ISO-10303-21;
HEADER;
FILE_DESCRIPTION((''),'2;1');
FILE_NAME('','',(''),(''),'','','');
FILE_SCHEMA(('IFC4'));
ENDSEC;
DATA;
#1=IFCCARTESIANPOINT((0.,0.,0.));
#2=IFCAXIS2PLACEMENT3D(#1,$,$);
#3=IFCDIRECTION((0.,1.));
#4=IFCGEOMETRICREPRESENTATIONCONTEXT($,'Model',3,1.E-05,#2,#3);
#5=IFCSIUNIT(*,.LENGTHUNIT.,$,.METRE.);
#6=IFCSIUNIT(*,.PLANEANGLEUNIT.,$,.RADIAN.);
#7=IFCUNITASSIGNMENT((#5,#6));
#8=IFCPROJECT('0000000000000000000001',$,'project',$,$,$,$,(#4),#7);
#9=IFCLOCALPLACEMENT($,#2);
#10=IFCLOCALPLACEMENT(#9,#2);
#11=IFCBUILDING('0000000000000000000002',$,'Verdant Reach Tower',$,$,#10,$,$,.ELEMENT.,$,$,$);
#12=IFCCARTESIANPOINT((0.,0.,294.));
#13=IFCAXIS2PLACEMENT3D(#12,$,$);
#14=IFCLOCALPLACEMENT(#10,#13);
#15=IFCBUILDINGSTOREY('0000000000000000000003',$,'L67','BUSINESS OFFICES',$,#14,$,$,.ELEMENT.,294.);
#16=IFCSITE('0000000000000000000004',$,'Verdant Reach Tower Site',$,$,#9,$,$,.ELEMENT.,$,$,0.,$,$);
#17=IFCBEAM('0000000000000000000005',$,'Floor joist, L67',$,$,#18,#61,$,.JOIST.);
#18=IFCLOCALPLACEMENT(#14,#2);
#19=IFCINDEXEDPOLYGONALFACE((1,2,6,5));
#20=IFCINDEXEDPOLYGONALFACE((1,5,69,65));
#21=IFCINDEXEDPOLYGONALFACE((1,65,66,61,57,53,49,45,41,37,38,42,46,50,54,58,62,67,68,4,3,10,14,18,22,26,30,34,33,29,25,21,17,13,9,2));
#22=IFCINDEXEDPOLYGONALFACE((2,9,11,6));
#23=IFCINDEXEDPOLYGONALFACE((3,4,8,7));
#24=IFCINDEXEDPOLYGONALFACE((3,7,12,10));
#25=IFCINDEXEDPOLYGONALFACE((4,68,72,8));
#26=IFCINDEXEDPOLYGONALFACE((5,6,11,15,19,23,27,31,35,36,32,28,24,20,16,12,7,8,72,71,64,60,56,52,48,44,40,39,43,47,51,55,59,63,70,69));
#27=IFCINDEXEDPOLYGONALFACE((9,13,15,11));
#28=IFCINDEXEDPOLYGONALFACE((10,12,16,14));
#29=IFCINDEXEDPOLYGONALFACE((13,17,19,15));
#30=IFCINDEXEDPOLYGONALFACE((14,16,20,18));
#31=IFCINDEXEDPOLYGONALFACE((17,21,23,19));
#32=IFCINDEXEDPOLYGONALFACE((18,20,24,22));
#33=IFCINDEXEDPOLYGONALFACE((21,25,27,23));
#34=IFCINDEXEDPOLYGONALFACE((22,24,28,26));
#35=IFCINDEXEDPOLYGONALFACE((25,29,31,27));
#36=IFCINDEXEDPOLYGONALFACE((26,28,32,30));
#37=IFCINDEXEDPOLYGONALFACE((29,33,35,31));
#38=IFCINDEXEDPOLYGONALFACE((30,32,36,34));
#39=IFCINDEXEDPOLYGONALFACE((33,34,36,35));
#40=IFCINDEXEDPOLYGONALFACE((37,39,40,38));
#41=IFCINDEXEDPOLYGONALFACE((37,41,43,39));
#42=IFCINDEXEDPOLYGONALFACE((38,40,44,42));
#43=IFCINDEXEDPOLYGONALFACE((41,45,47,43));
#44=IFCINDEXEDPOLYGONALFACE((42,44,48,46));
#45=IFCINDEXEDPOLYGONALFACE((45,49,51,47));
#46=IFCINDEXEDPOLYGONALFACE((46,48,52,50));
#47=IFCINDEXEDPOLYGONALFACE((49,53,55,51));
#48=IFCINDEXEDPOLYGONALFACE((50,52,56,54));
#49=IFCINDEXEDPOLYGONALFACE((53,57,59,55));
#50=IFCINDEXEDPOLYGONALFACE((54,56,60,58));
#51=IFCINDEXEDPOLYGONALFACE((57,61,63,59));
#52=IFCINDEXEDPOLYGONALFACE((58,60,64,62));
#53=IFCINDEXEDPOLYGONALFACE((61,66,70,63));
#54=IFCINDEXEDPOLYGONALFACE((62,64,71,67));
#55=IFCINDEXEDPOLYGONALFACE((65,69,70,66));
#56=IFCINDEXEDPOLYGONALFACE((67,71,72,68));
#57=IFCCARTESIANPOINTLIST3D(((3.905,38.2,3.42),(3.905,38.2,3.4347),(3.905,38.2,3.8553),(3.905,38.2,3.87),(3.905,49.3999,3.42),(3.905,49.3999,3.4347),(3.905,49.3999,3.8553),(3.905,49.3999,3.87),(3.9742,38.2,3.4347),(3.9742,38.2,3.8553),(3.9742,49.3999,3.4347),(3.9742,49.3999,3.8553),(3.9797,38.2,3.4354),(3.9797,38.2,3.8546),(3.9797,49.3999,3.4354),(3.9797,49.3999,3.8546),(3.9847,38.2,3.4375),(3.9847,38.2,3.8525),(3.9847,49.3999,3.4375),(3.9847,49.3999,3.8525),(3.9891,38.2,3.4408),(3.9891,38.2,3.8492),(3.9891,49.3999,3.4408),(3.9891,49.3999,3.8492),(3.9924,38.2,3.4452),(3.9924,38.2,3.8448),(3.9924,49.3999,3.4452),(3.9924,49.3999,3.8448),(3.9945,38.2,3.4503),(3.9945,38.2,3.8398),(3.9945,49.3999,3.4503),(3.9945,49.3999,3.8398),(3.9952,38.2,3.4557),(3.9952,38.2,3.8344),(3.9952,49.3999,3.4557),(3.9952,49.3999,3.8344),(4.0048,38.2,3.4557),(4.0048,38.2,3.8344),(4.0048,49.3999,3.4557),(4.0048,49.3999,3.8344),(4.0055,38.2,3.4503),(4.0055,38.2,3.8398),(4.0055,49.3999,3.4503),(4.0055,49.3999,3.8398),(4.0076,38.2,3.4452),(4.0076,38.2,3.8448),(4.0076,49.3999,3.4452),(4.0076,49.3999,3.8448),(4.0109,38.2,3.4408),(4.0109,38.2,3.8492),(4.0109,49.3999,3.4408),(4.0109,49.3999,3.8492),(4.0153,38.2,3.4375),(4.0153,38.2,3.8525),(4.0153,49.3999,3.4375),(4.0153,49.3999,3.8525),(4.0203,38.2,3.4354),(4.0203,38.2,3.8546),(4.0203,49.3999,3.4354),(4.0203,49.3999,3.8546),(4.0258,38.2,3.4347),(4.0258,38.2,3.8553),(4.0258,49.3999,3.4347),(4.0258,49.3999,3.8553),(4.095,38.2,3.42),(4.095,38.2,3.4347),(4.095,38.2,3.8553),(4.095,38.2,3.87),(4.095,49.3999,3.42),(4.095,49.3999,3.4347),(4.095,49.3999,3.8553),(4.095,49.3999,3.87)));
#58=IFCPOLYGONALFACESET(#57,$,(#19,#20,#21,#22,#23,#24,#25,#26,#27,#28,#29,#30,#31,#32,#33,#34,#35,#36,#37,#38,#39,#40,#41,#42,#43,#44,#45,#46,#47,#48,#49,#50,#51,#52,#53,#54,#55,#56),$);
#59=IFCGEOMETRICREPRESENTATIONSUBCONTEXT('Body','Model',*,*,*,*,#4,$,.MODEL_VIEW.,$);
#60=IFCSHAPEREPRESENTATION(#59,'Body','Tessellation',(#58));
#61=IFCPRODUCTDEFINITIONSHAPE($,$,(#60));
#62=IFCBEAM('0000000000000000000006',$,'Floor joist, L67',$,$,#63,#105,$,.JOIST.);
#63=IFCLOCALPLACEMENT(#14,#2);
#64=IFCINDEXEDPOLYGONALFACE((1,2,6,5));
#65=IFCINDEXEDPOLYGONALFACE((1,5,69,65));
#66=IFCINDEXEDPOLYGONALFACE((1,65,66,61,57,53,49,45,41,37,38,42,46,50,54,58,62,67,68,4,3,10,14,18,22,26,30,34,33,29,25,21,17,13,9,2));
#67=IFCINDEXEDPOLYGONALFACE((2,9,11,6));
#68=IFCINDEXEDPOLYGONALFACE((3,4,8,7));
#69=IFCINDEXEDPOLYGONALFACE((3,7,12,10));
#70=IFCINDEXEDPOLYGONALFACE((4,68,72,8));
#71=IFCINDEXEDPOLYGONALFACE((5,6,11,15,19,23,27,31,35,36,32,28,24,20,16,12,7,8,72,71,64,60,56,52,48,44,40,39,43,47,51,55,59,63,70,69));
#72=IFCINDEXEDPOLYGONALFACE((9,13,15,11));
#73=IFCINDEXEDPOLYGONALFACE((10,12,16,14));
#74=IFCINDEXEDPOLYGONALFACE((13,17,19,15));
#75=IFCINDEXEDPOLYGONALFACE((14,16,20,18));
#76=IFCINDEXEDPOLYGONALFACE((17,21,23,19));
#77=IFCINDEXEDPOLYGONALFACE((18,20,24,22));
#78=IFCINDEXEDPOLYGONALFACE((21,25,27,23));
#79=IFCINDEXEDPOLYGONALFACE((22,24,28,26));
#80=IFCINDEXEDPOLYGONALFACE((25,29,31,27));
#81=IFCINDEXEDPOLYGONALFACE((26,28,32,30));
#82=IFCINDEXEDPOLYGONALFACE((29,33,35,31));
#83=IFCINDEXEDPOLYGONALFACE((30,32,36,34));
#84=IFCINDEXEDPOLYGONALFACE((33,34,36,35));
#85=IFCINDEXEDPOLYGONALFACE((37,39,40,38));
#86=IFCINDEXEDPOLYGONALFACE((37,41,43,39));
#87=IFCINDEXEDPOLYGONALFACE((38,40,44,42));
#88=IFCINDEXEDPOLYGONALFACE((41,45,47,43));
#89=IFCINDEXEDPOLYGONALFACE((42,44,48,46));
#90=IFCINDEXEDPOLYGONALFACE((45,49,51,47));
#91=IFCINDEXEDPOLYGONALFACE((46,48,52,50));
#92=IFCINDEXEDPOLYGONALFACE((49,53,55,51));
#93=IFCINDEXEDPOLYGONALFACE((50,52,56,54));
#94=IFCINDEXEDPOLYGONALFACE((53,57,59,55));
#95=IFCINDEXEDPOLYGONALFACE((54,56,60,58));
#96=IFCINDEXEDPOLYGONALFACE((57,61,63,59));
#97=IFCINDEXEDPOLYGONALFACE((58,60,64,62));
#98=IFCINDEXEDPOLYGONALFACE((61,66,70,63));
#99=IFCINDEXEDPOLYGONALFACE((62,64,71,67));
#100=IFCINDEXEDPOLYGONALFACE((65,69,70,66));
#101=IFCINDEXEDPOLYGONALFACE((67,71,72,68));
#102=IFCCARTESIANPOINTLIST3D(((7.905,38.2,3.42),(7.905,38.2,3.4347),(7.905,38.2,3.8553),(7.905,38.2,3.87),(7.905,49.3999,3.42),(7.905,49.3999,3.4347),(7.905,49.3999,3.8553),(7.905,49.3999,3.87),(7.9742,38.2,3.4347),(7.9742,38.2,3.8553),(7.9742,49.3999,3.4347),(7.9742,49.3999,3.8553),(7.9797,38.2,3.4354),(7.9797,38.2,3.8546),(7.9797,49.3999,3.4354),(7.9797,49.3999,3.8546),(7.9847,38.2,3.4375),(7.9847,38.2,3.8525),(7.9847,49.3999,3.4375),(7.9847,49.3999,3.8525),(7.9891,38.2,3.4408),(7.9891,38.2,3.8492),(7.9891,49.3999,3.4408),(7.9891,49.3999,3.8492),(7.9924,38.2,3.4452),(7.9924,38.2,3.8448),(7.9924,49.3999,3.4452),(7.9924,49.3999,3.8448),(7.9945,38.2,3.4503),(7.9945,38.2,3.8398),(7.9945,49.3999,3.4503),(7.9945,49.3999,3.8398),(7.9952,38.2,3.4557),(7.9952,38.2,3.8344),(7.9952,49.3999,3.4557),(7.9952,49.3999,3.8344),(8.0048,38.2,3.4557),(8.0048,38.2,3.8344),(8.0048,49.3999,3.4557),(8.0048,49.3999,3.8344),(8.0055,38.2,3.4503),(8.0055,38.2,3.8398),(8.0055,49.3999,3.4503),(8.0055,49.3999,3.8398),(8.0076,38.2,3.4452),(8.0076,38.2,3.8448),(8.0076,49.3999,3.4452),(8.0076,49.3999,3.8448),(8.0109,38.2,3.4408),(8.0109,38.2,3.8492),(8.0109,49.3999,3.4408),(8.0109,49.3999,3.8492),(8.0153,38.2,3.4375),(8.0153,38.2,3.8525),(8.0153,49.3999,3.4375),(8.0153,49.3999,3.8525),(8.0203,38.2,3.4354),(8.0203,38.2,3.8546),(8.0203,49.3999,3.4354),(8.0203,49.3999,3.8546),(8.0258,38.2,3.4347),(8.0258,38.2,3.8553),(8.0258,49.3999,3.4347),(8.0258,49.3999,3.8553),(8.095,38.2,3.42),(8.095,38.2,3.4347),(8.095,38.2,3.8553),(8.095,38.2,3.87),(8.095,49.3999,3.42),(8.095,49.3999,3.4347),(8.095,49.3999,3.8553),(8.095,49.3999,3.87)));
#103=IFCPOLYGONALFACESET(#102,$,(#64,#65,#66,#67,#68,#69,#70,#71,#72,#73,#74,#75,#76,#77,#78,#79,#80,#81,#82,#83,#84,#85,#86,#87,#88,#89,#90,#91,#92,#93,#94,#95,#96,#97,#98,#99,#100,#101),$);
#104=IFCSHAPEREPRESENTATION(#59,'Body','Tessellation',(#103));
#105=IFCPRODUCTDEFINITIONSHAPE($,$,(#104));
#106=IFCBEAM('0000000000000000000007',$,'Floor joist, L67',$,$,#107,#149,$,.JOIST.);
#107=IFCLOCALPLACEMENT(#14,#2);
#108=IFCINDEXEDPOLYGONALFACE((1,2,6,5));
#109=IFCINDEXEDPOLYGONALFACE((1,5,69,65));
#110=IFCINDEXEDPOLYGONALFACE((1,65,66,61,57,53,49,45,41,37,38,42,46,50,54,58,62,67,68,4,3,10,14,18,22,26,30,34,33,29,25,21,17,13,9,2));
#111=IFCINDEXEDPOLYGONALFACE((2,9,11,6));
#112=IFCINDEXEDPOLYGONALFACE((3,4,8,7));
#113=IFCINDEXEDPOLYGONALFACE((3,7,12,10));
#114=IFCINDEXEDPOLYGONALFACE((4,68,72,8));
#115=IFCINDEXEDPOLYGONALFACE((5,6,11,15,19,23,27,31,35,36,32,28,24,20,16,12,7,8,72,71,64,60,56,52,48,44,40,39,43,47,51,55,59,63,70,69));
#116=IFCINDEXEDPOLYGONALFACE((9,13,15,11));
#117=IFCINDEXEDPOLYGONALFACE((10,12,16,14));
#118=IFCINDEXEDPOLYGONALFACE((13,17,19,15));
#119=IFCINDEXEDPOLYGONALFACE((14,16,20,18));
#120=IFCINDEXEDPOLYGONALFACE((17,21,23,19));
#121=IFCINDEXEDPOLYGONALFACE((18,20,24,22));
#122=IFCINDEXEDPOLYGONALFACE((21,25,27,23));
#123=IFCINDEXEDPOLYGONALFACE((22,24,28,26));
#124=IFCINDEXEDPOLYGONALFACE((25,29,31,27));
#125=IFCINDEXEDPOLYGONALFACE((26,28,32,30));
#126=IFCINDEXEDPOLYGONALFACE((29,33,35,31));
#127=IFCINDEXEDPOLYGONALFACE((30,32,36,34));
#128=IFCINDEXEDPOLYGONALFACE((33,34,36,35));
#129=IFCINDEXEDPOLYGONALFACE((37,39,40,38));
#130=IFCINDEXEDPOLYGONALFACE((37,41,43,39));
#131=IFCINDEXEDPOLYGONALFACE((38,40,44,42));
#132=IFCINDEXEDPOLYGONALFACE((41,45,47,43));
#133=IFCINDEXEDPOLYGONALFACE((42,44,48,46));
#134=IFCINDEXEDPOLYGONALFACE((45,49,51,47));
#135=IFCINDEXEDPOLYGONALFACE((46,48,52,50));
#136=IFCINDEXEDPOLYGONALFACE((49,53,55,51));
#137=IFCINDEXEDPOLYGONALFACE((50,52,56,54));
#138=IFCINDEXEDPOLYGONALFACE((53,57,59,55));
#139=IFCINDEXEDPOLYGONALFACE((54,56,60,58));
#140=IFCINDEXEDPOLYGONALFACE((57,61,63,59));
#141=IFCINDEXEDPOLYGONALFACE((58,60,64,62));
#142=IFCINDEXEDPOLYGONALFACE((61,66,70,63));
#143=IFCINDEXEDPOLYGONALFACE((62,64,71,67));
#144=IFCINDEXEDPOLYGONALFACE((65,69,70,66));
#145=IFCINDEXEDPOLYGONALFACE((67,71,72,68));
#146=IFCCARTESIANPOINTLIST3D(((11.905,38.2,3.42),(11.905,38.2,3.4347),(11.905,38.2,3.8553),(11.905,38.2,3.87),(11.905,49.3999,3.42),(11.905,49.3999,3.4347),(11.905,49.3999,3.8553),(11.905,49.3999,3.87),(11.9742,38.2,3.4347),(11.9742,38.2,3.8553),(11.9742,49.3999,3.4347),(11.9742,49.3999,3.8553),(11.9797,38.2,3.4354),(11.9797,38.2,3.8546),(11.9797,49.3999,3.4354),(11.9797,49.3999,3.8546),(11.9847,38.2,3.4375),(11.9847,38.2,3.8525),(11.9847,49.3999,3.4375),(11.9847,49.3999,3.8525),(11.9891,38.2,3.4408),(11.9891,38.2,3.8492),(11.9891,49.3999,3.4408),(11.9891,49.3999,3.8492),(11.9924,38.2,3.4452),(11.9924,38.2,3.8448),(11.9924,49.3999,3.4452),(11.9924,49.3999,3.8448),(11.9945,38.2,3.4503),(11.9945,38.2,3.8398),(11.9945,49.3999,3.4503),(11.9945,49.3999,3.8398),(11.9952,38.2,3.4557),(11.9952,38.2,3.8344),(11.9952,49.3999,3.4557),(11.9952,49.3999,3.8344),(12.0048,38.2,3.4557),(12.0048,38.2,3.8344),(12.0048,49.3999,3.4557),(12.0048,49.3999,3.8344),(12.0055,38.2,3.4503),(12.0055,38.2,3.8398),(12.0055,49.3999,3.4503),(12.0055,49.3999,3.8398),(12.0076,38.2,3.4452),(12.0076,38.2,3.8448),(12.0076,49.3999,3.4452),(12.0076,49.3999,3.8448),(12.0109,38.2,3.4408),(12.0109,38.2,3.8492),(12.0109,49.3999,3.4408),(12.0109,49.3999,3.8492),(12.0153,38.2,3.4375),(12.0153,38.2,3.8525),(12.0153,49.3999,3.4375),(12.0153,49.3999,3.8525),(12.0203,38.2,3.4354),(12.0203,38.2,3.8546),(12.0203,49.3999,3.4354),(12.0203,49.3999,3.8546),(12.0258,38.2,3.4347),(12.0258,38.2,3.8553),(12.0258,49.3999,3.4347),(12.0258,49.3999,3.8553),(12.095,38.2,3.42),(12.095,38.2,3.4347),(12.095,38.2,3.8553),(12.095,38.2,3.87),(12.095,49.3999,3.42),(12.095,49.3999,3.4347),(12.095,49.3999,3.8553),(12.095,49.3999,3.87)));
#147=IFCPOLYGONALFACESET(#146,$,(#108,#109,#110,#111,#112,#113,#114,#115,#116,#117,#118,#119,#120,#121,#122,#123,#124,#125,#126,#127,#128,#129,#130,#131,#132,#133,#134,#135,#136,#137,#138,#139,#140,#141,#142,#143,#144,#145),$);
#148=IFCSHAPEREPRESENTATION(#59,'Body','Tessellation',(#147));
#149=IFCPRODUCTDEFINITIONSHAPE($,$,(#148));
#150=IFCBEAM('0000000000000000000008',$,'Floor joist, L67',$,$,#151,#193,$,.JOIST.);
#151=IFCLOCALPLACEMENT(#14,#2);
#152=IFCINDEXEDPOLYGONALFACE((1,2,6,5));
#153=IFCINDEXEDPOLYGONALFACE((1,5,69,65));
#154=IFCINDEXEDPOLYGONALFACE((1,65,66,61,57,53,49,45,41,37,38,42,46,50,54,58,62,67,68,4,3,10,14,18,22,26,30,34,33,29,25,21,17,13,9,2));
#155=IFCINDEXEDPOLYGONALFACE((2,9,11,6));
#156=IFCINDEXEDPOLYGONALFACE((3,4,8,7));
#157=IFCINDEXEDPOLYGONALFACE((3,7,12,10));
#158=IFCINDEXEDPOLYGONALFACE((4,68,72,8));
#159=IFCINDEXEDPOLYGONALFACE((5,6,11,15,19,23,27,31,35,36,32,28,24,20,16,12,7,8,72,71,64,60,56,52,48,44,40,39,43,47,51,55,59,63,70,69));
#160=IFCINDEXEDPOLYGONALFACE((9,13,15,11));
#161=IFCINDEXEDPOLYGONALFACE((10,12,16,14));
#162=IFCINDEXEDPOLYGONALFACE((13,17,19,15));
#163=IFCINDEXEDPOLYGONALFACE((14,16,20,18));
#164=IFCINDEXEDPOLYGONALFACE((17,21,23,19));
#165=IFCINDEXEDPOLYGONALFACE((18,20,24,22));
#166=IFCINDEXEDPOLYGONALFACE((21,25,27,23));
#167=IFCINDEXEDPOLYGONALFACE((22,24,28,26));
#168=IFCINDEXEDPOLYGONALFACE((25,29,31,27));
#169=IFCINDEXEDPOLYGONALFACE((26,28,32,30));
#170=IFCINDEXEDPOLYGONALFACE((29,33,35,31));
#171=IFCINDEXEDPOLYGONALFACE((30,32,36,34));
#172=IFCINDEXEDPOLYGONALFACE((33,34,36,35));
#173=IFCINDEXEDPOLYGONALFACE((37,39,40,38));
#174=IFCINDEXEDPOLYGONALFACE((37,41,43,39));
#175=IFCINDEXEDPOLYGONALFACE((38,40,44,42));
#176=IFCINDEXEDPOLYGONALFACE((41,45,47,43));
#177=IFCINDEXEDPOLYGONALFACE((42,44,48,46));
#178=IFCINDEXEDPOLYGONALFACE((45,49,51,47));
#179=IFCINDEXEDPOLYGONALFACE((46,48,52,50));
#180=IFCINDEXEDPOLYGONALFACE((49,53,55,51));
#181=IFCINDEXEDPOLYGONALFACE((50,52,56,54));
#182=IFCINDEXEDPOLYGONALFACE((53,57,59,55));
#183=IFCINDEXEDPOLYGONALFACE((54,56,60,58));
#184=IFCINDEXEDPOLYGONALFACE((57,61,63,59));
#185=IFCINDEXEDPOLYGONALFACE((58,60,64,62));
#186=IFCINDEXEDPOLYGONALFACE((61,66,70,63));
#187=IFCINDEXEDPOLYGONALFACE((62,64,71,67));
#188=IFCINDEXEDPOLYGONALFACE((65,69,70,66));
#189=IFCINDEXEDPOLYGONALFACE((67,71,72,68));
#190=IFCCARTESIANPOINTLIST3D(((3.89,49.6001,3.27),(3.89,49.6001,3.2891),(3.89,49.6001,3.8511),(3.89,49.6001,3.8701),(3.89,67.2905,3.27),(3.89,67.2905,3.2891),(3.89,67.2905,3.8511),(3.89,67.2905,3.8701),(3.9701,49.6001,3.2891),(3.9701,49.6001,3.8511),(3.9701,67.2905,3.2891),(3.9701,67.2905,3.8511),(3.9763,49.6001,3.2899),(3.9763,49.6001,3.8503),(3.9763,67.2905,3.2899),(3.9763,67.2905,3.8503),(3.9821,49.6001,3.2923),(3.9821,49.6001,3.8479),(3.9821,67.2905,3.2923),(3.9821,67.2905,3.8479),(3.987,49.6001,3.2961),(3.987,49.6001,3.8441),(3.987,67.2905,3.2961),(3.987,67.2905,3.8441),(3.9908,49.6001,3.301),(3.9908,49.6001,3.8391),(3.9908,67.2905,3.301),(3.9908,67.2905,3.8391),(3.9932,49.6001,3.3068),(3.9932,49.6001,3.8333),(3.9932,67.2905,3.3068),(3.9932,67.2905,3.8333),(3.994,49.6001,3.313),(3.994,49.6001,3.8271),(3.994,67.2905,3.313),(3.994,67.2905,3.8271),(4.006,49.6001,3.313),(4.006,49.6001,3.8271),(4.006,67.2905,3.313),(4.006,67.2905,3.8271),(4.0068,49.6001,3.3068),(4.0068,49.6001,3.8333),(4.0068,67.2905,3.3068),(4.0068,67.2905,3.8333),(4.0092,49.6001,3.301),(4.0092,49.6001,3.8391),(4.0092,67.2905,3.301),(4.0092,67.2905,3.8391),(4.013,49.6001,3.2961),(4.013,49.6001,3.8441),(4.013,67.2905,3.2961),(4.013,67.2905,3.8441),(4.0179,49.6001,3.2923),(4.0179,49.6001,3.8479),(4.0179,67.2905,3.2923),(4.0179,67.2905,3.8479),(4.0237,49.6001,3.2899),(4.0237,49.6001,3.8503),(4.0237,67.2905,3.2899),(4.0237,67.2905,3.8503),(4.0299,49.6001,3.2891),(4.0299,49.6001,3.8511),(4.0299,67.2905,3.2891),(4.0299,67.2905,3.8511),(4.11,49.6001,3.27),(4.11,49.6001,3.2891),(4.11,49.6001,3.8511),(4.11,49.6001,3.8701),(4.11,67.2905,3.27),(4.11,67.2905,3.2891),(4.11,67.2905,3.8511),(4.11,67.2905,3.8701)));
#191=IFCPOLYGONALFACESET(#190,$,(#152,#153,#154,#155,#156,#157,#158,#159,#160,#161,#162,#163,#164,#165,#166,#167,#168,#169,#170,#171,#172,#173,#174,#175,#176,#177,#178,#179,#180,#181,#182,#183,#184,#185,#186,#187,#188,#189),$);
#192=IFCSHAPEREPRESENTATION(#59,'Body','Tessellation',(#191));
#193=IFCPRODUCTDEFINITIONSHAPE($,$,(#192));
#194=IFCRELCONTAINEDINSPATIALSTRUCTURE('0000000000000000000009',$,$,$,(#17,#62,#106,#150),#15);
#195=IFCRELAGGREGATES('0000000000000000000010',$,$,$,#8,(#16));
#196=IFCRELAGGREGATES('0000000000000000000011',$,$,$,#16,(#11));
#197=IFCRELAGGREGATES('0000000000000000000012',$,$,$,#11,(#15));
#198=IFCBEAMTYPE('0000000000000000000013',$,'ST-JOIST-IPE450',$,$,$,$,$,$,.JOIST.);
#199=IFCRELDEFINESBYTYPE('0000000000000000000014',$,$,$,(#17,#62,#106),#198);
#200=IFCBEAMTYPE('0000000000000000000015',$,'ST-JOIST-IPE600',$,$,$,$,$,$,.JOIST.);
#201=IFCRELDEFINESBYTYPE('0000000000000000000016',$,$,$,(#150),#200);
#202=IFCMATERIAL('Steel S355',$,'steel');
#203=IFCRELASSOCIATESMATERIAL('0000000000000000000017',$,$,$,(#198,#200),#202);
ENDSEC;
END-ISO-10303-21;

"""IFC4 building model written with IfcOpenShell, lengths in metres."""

from ifc_helpers import new_model, si_unit, direction, frame, origin, origin_2d, place, context, subcontext, project, spatial, i_section, extrude, material, material_profile, profile_set, type_object, element, save


model = new_model("IFC4")

# Units and contexts
model_context = context("Model", 3, precision=1e-05, world=origin(), true_north=direction((0.0, 1.0)))
body_context = subcontext(model_context, "Body", "Model", "MODEL_VIEW")
ifc_project = project(units=[si_unit("LENGTHUNIT", "METRE"), si_unit("PLANEANGLEUNIT", "RADIAN")], contexts=[model_context])

# Site, building, storey
site_placement = place(None, origin())
site = spatial("IfcSite", under=ifc_project, at=site_placement, Name="Verdant Reach Tower Site", CompositionType="ELEMENT", RefElevation=0.0)
building_placement = place(site_placement, origin())
building = spatial("IfcBuilding", under=site, at=building_placement, Name="Verdant Reach Tower", CompositionType="ELEMENT")
storey_placement = place(building_placement, frame((0.0, 0.0, 294.0)))
storey = spatial("IfcBuildingStorey", under=building, at=storey_placement, Name="L67", Description="BUSINESS OFFICES", CompositionType="ELEMENT", Elevation=294.0)

# Beams
ifc_material_1 = material(Name="Steel S355", Category="steel")
ifc_material_profile_1 = material_profile(ifc_material_1, i_section(OverallWidth=0.1899, OverallDepth=0.45, WebThickness=0.0095, FlangeThickness=0.0146, FilletRadius=0.021, at=origin_2d()), Name="IPE 450")
ifc_profile_set_1 = profile_set([ifc_material_profile_1], Name="Steel S355")
beam_type_1 = type_object("IfcBeamType", Name="ST-JOIST-IPE450", PredefinedType="JOIST", material=ifc_profile_set_1)
for number, where, z_axis, x_axis, name in (
    (1, (4.0, 38.2, 3.645), (0.0, 1.0, 0.0), (-1.0, 0.0, 0.0), "Floor joist, L67"),
    (2, (8.0, 38.2, 3.645), (0.0, 1.0, 0.0), (-1.0, 0.0, 0.0), "Floor joist, L67"),
    (3, (12.0, 38.2, 3.645), (0.0, 1.0, 0.0), (-1.0, 0.0, 0.0), "Floor joist, L67"),
):
    element("IfcBeam", number, at=place(storey_placement, frame(where, z_axis=z_axis, x_axis=x_axis)), inside=storey, type_object=beam_type_1, Name=name, PredefinedType="JOIST", context=body_context, shape_type="SweptSolid", body=[
        extrude(i_section(OverallWidth=0.1899, OverallDepth=0.45, WebThickness=0.0095, FlangeThickness=0.0146, FilletRadius=0.021, at=origin_2d()), origin(), (0.0, 0.0, 1.0), 11.2),
    ])
ifc_material_profile_2 = material_profile(ifc_material_1, i_section(OverallWidth=0.22, OverallDepth=0.6001, WebThickness=0.012, FlangeThickness=0.019, FilletRadius=0.0239, at=origin_2d()), Name="IPE 600")
ifc_profile_set_2 = profile_set([ifc_material_profile_2], Name="Steel S355")
beam_type_2 = type_object("IfcBeamType", Name="ST-JOIST-IPE600", PredefinedType="JOIST", material=ifc_profile_set_2)
beam_1_placement = place(storey_placement, frame((4.0, 49.6001, 3.5701), z_axis=(0.0, 1.0, 0.0), x_axis=(-1.0, 0.0, 0.0)))
element("IfcBeam", 4, at=beam_1_placement, inside=storey, type_object=beam_type_2, Name="Floor joist, L67", PredefinedType="JOIST", context=body_context, shape_type="SweptSolid", body=[
    extrude(i_section(OverallWidth=0.22, OverallDepth=0.6001, WebThickness=0.012, FlangeThickness=0.019, FilletRadius=0.0239, at=origin_2d()), origin(), (0.0, 0.0, 1.0), 17.6904),
])

save(model, "model.ifc")
